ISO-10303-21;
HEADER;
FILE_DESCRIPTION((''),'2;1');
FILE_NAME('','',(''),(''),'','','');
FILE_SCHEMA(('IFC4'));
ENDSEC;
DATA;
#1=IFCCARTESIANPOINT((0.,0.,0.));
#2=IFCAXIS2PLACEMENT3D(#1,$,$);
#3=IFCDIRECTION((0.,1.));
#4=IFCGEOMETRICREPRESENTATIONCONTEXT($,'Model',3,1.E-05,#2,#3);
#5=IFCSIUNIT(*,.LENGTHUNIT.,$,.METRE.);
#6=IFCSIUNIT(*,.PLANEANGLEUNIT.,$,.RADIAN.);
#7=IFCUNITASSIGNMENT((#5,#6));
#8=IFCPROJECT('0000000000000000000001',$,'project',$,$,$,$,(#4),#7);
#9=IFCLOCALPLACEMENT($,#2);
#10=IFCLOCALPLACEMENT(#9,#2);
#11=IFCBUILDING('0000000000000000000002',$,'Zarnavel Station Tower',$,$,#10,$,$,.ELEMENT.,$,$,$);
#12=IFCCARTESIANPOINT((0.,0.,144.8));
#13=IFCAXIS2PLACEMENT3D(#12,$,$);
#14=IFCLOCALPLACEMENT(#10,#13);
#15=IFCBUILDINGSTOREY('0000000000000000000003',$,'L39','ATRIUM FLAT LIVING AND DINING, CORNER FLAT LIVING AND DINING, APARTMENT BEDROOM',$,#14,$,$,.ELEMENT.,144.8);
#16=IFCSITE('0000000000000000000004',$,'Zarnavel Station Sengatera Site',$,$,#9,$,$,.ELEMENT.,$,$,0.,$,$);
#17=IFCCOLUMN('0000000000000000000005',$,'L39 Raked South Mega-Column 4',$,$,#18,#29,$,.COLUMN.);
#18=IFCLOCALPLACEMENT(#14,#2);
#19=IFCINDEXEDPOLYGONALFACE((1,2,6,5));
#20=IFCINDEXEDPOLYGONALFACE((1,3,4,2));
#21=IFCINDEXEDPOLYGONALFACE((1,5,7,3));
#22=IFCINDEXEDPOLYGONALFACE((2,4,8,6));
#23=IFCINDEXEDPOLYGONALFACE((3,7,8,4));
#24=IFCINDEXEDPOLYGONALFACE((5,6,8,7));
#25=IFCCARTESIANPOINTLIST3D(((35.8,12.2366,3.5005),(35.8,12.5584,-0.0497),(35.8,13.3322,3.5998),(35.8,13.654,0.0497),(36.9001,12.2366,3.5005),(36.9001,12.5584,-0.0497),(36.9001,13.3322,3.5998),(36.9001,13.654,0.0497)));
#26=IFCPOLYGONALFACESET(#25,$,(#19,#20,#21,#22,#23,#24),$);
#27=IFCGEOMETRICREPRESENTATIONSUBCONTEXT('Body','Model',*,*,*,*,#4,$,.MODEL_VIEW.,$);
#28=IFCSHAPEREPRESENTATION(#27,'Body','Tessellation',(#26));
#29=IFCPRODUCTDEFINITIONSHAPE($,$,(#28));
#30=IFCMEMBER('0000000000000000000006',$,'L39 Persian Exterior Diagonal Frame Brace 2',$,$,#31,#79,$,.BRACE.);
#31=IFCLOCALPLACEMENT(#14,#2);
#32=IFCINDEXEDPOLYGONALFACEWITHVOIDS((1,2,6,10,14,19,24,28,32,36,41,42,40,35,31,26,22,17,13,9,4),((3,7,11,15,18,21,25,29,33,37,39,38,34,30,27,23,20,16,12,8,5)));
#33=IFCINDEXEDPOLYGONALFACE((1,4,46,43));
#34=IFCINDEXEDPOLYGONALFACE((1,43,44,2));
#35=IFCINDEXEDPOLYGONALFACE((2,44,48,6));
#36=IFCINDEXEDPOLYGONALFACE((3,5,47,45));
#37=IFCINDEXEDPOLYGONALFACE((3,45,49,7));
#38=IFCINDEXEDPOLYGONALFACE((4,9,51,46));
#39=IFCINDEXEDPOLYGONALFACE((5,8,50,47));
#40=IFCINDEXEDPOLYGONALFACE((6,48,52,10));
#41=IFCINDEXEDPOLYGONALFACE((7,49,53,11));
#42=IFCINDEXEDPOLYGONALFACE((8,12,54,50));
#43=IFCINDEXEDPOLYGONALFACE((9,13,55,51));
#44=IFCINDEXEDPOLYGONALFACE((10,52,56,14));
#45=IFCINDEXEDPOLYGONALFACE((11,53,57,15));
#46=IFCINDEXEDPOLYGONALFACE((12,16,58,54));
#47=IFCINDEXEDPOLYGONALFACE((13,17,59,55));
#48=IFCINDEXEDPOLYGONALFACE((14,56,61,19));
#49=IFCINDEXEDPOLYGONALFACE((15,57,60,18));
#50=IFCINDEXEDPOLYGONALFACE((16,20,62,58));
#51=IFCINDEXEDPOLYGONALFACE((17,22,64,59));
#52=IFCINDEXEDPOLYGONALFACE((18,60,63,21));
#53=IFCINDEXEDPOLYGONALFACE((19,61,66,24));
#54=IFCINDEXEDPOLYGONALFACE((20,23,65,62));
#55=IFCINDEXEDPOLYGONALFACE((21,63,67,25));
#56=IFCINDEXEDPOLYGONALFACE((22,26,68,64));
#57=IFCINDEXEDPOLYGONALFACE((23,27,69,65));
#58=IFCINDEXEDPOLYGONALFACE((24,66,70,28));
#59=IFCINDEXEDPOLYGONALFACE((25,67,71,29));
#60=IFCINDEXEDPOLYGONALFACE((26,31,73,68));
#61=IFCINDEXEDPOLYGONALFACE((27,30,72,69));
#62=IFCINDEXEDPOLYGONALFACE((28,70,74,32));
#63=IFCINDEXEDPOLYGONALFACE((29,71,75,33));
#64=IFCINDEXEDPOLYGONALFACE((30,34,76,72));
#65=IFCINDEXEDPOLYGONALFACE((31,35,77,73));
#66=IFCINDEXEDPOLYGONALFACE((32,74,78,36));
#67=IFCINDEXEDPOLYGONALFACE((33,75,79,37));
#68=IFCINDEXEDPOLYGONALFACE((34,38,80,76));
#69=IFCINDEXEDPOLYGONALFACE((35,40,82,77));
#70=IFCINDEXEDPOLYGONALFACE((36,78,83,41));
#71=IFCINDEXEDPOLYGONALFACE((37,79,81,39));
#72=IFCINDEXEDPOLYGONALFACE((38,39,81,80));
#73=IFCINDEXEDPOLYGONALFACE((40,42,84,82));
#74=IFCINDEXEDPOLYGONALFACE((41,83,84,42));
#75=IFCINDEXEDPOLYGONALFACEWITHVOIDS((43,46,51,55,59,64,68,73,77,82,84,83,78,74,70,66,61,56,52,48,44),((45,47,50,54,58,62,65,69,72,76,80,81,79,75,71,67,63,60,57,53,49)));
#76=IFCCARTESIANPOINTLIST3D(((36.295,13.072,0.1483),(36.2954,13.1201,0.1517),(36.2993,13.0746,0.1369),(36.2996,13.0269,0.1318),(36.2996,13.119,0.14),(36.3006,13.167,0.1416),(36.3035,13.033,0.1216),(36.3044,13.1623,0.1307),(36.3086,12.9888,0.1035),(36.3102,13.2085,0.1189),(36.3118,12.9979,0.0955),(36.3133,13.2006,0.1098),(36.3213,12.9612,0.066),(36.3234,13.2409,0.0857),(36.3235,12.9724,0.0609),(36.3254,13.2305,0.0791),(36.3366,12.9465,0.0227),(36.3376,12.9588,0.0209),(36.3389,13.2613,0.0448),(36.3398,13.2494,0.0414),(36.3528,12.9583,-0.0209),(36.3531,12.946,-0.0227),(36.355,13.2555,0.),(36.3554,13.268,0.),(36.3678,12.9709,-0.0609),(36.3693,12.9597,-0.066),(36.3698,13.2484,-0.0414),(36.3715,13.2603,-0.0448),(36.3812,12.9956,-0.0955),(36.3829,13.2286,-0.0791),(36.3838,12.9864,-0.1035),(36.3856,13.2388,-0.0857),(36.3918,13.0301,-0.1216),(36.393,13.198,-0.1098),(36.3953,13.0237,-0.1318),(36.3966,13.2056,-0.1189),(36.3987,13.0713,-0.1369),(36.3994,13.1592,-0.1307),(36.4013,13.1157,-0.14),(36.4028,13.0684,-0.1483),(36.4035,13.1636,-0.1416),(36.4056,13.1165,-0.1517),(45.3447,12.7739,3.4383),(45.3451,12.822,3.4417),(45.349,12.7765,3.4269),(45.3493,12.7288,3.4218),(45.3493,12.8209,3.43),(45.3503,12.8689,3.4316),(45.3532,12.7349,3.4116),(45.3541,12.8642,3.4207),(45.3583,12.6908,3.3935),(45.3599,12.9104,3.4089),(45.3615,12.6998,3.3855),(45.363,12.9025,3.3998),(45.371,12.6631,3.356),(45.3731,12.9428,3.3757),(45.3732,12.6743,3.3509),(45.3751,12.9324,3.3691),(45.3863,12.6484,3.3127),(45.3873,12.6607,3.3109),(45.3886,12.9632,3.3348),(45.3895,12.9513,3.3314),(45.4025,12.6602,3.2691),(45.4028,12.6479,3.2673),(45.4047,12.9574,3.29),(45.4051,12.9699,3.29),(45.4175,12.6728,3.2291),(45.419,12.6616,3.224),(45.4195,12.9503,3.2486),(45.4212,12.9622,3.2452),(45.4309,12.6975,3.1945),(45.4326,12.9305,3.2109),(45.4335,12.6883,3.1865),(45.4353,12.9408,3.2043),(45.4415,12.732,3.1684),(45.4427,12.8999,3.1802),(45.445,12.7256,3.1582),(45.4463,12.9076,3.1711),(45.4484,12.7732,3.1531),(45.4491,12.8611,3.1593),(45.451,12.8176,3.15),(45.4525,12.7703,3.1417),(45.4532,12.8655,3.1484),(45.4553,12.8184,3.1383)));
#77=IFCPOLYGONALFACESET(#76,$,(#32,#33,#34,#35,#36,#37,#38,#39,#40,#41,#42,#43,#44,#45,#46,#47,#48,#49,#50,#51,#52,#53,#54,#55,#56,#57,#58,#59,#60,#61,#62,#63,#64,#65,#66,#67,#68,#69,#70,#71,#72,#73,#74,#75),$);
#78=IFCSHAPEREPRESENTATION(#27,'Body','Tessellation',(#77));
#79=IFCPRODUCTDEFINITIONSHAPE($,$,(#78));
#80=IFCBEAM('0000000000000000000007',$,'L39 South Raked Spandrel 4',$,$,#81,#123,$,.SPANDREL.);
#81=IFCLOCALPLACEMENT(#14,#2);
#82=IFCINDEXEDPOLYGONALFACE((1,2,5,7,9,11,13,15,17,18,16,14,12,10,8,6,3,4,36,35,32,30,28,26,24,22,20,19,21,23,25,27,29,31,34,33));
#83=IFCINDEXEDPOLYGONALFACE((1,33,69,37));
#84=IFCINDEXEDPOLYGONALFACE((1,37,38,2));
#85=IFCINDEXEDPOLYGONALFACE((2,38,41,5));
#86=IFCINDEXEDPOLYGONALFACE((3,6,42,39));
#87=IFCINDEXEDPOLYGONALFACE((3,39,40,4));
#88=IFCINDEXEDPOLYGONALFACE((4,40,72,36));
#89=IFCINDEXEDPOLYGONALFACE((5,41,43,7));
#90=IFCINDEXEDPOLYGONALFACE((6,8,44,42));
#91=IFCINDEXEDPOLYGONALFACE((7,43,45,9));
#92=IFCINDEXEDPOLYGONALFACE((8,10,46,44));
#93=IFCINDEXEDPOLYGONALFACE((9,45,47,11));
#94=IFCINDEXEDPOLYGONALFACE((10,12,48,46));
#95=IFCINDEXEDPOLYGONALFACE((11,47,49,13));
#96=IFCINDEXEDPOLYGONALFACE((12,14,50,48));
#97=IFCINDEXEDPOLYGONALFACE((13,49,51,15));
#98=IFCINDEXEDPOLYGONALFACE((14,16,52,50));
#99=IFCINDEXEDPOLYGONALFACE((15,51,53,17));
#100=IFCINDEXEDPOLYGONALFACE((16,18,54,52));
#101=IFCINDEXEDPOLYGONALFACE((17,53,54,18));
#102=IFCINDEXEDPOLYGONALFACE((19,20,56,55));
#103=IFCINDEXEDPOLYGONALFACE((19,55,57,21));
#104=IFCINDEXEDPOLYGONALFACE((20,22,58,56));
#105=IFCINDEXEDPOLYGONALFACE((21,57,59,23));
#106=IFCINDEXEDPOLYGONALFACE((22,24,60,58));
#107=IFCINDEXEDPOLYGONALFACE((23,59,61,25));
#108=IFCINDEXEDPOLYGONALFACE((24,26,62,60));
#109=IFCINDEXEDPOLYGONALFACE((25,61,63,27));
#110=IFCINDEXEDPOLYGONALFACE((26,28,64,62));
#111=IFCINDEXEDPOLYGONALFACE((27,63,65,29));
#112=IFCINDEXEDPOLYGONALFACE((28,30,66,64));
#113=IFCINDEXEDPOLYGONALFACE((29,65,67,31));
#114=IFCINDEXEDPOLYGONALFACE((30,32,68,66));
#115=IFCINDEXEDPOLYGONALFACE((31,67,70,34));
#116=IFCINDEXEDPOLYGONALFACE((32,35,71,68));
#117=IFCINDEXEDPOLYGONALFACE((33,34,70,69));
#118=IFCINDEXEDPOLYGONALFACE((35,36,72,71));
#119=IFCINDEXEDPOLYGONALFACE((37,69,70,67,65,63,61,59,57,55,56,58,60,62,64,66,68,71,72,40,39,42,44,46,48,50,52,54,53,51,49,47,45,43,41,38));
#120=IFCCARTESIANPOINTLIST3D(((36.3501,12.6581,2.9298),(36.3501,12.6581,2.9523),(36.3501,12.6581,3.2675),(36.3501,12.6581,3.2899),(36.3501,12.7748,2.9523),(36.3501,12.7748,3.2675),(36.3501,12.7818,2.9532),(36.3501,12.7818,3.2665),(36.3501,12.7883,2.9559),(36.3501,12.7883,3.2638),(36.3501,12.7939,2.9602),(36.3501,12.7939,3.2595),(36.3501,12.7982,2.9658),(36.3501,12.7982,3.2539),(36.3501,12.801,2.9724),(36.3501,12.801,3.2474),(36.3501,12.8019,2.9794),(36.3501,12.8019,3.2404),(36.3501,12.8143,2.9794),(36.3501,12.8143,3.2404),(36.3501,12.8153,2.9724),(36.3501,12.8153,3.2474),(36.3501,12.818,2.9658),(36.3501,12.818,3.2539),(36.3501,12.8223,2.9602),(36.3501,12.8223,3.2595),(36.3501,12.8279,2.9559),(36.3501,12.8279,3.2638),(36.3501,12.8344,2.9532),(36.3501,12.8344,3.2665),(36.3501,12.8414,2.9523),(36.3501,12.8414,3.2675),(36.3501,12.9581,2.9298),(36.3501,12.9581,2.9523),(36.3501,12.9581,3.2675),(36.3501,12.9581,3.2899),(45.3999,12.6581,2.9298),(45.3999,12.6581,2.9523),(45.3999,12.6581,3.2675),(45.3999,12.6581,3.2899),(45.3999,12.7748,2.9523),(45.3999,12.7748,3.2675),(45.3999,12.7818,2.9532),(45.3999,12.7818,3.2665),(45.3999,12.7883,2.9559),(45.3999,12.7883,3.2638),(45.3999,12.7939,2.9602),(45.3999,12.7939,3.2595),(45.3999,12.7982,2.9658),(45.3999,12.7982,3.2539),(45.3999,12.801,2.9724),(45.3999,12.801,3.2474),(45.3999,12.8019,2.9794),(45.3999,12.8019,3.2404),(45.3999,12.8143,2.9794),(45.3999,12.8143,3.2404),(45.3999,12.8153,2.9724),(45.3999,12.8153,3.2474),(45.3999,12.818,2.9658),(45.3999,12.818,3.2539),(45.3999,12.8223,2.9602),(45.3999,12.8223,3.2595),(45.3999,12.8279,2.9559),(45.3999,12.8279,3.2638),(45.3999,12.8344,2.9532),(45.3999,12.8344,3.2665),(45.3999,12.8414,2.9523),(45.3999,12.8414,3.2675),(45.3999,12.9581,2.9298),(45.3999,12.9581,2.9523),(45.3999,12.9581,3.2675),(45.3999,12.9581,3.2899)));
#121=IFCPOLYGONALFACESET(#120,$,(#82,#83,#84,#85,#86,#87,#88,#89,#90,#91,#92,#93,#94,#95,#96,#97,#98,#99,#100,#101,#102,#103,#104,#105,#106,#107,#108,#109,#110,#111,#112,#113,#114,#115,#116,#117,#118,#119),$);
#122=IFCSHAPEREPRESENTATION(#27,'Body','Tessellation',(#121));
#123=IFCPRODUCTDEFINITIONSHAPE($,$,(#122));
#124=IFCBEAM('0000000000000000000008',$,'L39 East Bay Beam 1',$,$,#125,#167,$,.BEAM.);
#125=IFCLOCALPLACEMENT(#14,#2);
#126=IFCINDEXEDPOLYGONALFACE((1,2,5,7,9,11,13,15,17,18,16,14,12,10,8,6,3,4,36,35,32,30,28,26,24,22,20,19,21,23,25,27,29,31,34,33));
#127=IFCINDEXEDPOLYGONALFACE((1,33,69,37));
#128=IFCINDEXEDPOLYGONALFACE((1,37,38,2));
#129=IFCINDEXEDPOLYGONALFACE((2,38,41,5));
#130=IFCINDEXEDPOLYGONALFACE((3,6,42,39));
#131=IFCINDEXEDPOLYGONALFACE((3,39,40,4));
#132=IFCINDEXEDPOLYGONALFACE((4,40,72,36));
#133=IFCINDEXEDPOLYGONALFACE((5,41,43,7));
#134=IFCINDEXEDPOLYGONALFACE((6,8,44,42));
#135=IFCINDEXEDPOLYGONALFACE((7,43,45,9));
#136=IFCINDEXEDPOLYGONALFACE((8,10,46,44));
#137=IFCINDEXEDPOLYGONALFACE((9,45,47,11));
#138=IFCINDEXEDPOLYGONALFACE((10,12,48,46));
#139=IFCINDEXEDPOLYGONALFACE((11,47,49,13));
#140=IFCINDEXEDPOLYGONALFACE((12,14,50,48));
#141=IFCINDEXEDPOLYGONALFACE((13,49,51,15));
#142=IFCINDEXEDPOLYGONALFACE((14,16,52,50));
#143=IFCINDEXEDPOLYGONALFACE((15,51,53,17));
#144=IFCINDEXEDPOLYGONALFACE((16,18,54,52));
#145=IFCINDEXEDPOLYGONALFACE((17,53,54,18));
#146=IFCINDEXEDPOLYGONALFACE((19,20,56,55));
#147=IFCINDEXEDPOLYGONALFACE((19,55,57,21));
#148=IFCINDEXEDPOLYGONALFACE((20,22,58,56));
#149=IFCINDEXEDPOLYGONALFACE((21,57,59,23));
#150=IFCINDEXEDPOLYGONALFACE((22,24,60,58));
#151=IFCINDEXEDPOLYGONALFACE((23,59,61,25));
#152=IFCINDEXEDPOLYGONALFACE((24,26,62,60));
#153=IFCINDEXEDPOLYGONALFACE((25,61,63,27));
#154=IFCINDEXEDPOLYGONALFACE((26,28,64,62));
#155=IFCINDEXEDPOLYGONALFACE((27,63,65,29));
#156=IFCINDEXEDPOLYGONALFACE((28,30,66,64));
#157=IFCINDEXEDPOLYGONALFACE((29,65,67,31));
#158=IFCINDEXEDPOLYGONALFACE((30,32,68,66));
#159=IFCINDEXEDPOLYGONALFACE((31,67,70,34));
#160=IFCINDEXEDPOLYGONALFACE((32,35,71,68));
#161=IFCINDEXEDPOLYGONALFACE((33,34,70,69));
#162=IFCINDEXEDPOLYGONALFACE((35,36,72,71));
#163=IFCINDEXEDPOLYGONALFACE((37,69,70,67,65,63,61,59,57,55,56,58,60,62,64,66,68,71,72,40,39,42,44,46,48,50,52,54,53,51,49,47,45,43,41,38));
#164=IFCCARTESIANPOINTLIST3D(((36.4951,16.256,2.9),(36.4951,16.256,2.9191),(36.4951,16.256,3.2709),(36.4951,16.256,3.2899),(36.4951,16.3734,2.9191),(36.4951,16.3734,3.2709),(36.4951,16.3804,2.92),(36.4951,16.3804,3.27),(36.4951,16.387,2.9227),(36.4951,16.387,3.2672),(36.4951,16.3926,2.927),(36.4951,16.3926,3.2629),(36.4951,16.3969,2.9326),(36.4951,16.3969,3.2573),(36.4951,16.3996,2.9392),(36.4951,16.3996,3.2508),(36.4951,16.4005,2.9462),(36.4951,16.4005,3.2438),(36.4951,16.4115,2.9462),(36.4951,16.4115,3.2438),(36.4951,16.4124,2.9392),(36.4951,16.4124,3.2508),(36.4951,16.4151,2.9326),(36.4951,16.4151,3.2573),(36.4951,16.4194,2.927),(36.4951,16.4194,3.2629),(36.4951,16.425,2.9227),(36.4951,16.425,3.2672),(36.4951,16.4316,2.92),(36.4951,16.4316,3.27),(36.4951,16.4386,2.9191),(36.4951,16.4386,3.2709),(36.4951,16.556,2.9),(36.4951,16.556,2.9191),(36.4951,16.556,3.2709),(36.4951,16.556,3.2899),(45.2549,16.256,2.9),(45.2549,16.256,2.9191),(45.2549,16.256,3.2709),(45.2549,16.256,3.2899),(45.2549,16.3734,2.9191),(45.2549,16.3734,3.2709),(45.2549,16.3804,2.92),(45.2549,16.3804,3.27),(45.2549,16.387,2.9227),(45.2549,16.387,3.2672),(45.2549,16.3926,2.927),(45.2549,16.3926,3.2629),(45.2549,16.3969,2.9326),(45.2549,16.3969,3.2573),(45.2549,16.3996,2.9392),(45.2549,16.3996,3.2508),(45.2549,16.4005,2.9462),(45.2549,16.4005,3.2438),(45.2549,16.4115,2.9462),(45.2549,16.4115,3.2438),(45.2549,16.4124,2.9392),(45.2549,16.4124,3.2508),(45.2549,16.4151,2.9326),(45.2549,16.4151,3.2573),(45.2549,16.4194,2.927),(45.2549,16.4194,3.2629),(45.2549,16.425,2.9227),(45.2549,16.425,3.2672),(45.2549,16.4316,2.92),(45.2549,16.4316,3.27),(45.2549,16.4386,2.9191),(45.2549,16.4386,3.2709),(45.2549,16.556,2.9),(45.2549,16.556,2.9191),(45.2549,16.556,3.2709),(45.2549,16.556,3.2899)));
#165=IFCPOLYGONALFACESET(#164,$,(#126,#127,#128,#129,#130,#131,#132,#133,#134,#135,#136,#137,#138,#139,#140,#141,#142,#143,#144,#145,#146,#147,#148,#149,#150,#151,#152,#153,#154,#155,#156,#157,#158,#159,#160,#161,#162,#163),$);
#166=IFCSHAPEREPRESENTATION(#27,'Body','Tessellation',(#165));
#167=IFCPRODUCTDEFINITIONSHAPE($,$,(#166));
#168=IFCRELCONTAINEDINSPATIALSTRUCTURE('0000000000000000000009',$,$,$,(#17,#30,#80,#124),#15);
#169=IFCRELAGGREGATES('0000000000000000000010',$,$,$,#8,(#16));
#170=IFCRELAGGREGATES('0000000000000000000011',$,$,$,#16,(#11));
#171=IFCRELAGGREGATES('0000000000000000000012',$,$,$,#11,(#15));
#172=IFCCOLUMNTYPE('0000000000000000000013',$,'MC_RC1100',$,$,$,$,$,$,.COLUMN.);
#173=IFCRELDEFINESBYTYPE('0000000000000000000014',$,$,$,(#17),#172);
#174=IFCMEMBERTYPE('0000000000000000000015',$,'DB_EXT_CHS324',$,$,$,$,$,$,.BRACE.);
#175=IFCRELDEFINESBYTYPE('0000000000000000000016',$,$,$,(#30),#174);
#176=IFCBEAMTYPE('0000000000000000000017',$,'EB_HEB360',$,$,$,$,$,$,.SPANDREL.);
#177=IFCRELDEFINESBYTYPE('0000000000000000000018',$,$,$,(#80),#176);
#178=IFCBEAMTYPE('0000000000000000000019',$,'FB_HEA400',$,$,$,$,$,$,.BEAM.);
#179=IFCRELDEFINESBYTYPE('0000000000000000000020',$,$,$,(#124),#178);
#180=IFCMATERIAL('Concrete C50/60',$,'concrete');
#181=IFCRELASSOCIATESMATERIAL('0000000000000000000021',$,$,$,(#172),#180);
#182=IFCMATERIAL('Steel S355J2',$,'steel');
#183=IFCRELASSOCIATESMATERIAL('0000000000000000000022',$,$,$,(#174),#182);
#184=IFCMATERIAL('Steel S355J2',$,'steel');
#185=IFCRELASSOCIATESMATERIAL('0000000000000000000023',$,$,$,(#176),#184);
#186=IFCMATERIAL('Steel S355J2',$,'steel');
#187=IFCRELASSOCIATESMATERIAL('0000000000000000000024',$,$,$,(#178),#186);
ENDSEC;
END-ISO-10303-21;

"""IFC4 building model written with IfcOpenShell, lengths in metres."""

from ifc_helpers import new_model, si_unit, direction, frame, origin, origin_2d, place, context, subcontext, project, spatial, rectangle, hollow_circle, i_section, extrude, material, material_profile, profile_set, type_object, element, save


model = new_model("IFC4")

# Units and contexts
model_context = context("Model", 3, precision=1e-05, world=origin(), true_north=direction((0.0, 1.0)))
body_context = subcontext(model_context, "Body", "Model", "MODEL_VIEW")
ifc_project = project(units=[si_unit("LENGTHUNIT", "METRE"), si_unit("PLANEANGLEUNIT", "RADIAN")], contexts=[model_context])

# Site, building, storey
site_placement = place(None, origin())
site = spatial("IfcSite", under=ifc_project, at=site_placement, Name="Zarnavel Station Sengatera Site", CompositionType="ELEMENT", RefElevation=0.0)
building_placement = place(site_placement, origin())
building = spatial("IfcBuilding", under=site, at=building_placement, Name="Zarnavel Station Tower", CompositionType="ELEMENT")
storey_placement = place(building_placement, frame((0.0, 0.0, 144.8)))
storey = spatial("IfcBuildingStorey", under=building, at=storey_placement, Name="L39", Description="ATRIUM FLAT LIVING AND DINING, CORNER FLAT LIVING AND DINING, APARTMENT BEDROOM", CompositionType="ELEMENT", Elevation=144.8)

# Column
ifc_material_1 = material(Name="Concrete C50/60", Category="concrete")
ifc_material_profile_1 = material_profile(ifc_material_1, rectangle(XDim=1.1001, YDim=1.1001, at=origin_2d()), Name="RC1100x1100")
ifc_profile_set_1 = profile_set([ifc_material_profile_1], Name="Concrete C50/60")
column_type = type_object("IfcColumnType", Name="MC_RC1100", PredefinedType="COLUMN", material=ifc_profile_set_1)
column_placement = place(storey_placement, frame((36.3501, 13.1062, 0.0), z_axis=(0.0, -0.09027, 0.995917), x_axis=(1.0, 0.0, 0.0)))
element("IfcColumn", 1, at=column_placement, inside=storey, type_object=column_type, Name="L39 Raked South Mega-Column 4", PredefinedType="COLUMN", context=body_context, shape_type="SweptSolid", body=[
    extrude(rectangle(XDim=1.1001, YDim=1.1001, at=origin_2d()), origin(), (0.0, 0.0, 1.0), 3.5647),
])

# Member
ifc_material_2 = material(Name="Steel S355J2", Category="steel")
ifc_material_profile_2 = material_profile(ifc_material_2, hollow_circle(Radius=0.1619, WallThickness=0.0125, at=origin_2d()), Name="CHS323.9x12.5")
ifc_profile_set_2 = profile_set([ifc_material_profile_2], Name="Steel S355J2")
member_type = type_object("IfcMemberType", Name="DB_EXT_CHS324", PredefinedType="BRACE", material=ifc_profile_set_2)
member_placement = place(storey_placement, frame((36.3501, 13.1062, 0.0), z_axis=(0.93937, -0.030942, 0.341506), x_axis=(0.032922, 0.999458, 0.0)))
element("IfcMember", 2, at=member_placement, inside=storey, type_object=member_type, Name="L39 Persian Exterior Diagonal Frame Brace 2", PredefinedType="BRACE", context=body_context, shape_type="SweptSolid", body=[
    extrude(hollow_circle(Radius=0.1619, WallThickness=0.0125, at=origin_2d()), origin(), (0.0, 0.0, 1.0), 9.6338),
])

# Beams
ifc_material_3 = material(Name="Steel S355J2", Category="steel")
ifc_material_profile_3 = material_profile(ifc_material_3, i_section(OverallWidth=0.3, OverallDepth=0.3601, WebThickness=0.0125, FlangeThickness=0.0225, FilletRadius=0.0271, at=origin_2d()), Name="HEB360")
ifc_profile_set_3 = profile_set([ifc_material_profile_3], Name="Steel S355J2")
beam_type_1 = type_object("IfcBeamType", Name="EB_HEB360", PredefinedType="SPANDREL", material=ifc_profile_set_3)
beam_1_placement = place(storey_placement, frame((36.3501, 12.8081, 3.1099), z_axis=(1.0, 0.0, 0.0), x_axis=(0.0, 1.0, 0.0)))
element("IfcBeam", 3, at=beam_1_placement, inside=storey, type_object=beam_type_1, Name="L39 South Raked Spandrel 4", PredefinedType="SPANDREL", context=body_context, shape_type="SweptSolid", body=[
    extrude(i_section(OverallWidth=0.3, OverallDepth=0.3601, WebThickness=0.0125, FlangeThickness=0.0225, FilletRadius=0.0271, at=origin_2d()), origin(), (0.0, 0.0, 1.0), 9.0498),
])
ifc_material_4 = material(Name="Steel S355J2", Category="steel")
ifc_material_profile_4 = material_profile(ifc_material_4, i_section(OverallWidth=0.3, OverallDepth=0.3899, WebThickness=0.011, FlangeThickness=0.019, FilletRadius=0.0271, at=origin_2d()), Name="HEA400")
ifc_profile_set_4 = profile_set([ifc_material_profile_4], Name="Steel S355J2")
beam_type_2 = type_object("IfcBeamType", Name="FB_HEA400", PredefinedType="BEAM", material=ifc_profile_set_4)
for number, where, z_axis, x_axis, name in (
    (4, (36.4951, 16.406, 3.095), (1.0, 0.0, 0.0), (0.0, 1.0, 0.0), "L39 East Bay Beam 1"),
):
    element("IfcBeam", number, at=place(storey_placement, frame(where, z_axis=z_axis, x_axis=x_axis)), inside=storey, type_object=beam_type_2, Name=name, PredefinedType="BEAM", context=body_context, shape_type="SweptSolid", body=[
        extrude(i_section(OverallWidth=0.3, OverallDepth=0.3899, WebThickness=0.011, FlangeThickness=0.019, FilletRadius=0.0271, at=origin_2d()), origin(), (0.0, 0.0, 1.0), 8.7598),
    ])

save(model, "model.ifc")
